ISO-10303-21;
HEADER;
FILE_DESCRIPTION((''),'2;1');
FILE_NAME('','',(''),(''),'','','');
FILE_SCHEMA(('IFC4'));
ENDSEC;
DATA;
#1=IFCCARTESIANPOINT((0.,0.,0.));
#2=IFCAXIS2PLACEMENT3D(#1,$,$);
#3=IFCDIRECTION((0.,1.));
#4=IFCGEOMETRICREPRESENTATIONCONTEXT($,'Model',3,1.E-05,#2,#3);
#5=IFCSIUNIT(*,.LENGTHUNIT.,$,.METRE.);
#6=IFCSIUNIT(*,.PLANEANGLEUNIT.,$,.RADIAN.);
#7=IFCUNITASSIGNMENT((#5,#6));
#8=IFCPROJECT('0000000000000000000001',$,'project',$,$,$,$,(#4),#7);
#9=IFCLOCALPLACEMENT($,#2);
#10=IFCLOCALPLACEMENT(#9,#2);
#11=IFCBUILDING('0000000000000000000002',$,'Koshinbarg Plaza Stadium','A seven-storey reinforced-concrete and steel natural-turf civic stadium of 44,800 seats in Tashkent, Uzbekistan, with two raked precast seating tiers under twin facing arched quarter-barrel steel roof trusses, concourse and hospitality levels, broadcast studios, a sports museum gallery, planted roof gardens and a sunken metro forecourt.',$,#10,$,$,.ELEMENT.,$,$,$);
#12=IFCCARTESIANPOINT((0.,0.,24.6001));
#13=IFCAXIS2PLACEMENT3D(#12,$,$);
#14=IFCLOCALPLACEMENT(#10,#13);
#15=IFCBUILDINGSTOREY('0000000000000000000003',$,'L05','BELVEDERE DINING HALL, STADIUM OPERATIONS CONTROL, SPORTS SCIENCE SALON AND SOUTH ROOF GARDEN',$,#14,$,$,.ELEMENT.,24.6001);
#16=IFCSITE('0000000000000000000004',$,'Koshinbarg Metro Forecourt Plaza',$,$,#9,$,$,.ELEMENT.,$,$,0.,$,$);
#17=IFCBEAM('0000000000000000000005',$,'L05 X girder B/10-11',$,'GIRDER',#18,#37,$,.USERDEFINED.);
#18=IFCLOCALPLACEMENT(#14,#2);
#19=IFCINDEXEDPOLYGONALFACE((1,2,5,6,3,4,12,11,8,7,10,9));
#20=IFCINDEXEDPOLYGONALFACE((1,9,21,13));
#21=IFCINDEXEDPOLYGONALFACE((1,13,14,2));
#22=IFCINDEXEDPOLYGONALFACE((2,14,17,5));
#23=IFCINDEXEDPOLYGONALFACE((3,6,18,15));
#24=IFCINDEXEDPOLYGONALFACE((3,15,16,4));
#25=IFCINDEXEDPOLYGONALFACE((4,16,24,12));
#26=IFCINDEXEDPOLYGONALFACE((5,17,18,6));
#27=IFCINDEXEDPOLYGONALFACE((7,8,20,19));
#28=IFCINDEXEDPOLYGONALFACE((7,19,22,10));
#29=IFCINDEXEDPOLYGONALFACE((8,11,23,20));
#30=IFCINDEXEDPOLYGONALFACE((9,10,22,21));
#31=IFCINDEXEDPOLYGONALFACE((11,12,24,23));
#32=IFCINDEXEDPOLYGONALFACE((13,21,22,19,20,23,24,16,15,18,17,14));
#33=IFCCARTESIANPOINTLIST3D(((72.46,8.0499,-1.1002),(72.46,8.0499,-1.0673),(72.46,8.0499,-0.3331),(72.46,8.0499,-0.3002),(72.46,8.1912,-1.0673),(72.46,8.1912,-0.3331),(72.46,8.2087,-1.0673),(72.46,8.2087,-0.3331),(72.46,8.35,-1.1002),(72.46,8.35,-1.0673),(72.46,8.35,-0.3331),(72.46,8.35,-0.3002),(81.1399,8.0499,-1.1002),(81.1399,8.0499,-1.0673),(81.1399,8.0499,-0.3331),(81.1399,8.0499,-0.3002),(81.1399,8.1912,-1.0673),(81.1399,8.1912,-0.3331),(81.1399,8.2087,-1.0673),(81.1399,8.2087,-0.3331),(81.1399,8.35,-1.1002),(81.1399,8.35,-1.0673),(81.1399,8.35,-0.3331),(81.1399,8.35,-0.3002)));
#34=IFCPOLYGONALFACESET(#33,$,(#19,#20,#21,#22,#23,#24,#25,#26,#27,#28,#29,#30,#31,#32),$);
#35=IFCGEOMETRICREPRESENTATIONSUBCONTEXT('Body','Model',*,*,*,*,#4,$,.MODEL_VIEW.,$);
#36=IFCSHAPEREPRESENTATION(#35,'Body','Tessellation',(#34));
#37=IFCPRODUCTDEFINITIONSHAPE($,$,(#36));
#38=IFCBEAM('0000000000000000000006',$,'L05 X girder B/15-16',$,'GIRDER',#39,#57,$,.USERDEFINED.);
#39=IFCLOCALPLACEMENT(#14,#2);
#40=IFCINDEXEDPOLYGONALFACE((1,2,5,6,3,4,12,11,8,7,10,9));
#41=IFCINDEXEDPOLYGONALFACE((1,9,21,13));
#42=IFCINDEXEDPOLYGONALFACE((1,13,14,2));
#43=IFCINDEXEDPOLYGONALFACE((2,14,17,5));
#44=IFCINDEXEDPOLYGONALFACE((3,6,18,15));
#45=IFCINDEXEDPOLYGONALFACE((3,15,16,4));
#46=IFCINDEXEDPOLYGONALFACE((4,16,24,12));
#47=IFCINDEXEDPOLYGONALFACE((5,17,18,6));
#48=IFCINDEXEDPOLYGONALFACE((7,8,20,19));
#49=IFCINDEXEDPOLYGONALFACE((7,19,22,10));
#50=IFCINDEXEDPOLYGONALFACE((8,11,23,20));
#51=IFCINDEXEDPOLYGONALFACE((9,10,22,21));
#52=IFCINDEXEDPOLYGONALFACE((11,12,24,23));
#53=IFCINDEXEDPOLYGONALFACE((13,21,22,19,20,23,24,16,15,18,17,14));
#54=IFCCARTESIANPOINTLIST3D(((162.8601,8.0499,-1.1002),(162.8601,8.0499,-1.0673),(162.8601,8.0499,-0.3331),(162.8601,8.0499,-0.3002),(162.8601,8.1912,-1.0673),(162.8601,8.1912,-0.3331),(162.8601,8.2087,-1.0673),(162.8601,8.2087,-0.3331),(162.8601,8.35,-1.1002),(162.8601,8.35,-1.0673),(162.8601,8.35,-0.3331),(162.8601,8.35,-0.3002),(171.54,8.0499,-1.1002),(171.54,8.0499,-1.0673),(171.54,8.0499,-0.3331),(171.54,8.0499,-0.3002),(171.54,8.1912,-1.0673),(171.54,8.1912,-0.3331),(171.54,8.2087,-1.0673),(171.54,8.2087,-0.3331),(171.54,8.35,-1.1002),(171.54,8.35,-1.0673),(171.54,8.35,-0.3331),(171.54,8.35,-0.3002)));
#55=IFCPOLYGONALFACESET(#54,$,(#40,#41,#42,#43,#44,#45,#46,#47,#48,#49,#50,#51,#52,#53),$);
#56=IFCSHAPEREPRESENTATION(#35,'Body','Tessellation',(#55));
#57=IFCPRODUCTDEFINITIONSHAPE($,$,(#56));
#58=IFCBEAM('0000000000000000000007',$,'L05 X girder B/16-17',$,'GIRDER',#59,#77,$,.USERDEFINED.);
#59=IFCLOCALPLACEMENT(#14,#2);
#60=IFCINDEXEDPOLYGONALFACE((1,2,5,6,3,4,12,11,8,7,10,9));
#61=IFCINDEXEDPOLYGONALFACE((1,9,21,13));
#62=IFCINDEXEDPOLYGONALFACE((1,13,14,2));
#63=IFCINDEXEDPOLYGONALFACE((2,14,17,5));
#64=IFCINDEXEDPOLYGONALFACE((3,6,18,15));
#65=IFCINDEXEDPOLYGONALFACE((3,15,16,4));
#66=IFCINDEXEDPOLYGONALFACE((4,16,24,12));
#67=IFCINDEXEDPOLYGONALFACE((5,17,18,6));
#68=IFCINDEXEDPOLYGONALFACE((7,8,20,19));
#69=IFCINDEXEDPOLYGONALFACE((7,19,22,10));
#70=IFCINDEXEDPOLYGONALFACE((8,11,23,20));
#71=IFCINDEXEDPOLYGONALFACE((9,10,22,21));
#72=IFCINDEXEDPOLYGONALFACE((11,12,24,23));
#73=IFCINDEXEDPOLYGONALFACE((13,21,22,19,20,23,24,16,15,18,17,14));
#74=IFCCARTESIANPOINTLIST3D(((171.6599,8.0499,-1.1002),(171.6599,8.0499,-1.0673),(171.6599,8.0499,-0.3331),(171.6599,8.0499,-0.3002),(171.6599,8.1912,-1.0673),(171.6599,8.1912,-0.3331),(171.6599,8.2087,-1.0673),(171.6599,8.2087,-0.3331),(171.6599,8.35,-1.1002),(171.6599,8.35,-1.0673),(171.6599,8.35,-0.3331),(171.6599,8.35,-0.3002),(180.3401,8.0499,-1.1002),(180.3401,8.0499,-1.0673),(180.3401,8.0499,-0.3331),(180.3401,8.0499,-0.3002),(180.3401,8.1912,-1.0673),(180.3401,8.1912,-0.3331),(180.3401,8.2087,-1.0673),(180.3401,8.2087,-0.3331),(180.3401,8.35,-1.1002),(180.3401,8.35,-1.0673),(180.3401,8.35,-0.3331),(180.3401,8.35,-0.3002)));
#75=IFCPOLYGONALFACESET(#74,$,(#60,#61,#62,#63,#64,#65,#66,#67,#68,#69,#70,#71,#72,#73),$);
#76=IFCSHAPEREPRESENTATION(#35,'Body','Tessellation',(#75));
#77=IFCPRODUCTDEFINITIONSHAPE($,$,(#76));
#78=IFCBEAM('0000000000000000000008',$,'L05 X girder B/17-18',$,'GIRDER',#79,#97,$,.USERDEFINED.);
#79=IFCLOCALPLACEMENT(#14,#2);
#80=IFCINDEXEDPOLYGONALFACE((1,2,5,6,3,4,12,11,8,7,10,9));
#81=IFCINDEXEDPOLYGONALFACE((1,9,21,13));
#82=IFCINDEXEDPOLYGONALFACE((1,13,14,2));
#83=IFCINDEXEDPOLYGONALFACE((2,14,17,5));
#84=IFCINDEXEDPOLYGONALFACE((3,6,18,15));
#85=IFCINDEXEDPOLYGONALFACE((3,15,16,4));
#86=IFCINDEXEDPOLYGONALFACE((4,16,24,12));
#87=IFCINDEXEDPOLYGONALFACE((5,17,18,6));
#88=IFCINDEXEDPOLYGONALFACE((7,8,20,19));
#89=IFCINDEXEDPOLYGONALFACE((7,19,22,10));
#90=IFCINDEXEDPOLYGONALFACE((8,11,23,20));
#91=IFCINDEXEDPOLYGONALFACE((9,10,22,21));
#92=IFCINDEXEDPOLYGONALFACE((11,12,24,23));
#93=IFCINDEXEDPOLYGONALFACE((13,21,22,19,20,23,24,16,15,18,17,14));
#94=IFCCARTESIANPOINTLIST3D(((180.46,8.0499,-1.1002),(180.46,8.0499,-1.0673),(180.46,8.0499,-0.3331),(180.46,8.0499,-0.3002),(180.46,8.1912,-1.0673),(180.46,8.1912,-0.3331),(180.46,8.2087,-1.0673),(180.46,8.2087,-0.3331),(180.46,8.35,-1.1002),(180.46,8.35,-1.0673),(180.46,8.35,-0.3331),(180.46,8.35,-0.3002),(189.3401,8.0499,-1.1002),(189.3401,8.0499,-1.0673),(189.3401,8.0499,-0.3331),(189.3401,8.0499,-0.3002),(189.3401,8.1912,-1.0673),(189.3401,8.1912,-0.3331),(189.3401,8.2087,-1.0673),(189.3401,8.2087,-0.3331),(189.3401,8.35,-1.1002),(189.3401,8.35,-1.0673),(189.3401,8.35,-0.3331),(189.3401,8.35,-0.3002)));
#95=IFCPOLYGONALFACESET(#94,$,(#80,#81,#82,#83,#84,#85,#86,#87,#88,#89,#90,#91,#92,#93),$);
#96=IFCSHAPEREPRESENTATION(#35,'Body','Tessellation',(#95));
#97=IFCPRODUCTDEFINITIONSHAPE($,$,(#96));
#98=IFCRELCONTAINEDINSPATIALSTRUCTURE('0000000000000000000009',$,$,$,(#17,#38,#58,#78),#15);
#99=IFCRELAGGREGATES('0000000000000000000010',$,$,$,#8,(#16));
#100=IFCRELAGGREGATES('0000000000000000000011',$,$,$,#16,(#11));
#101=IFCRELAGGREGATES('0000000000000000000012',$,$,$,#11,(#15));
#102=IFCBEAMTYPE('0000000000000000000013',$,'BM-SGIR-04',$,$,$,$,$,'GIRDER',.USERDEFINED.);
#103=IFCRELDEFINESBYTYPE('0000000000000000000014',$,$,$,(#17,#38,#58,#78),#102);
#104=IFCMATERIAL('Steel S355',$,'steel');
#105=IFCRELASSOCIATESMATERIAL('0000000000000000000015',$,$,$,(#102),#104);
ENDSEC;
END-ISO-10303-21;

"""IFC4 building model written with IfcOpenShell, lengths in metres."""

from ifc_helpers import new_model, si_unit, direction, frame, origin, origin_2d, place, context, subcontext, project, spatial, i_section, extrude, material, material_profile, profile_set, type_object, element, save


model = new_model("IFC4")

# Units and contexts
model_context = context("Model", 3, precision=1e-05, world=origin(), true_north=direction((0.0, 1.0)))
body_context = subcontext(model_context, "Body", "Model", "MODEL_VIEW")
ifc_project = project(units=[si_unit("LENGTHUNIT", "METRE"), si_unit("PLANEANGLEUNIT", "RADIAN")], contexts=[model_context])

# Site, building, storey
site_placement = place(None, origin())
site = spatial("IfcSite", under=ifc_project, at=site_placement, Name="Koshinbarg Metro Forecourt Plaza", CompositionType="ELEMENT", RefElevation=0.0)
building_placement = place(site_placement, origin())
building = spatial("IfcBuilding", under=site, at=building_placement, Name="Koshinbarg Plaza Stadium", Description="A seven-storey reinforced-concrete and steel natural-turf civic stadium of 44,800 seats in Tashkent, Uzbekistan, with two raked precast seating tiers under twin facing arched quarter-barrel steel roof trusses, concourse and hospitality levels, broadcast studios, a sports museum gallery, planted roof gardens and a sunken metro forecourt.", CompositionType="ELEMENT")
storey_placement = place(building_placement, frame((0.0, 0.0, 24.6001)))
storey = spatial("IfcBuildingStorey", under=building, at=storey_placement, Name="L05", Description="BELVEDERE DINING HALL, STADIUM OPERATIONS CONTROL, SPORTS SCIENCE SALON AND SOUTH ROOF GARDEN", CompositionType="ELEMENT", Elevation=24.6001)

# Beams
ifc_material = material(Name="Steel S355", Category="steel")
ifc_material_profile_1 = material_profile(ifc_material, i_section(OverallWidth=0.3, OverallDepth=0.8, WebThickness=0.0176, FlangeThickness=0.033, at=origin_2d()), Name="HEB 800")
ifc_profile_set_1 = profile_set([ifc_material_profile_1], Name="Steel S355")
beam_type_1 = type_object("IfcBeamType", Name="BM-SGIR-04", ElementType="GIRDER", PredefinedType="USERDEFINED", material=ifc_profile_set_1)
for number, where, z_axis, x_axis, name in (
    (1, (72.46, 8.2, -0.7002), (1.0, 0.0, 0.0), (0.0, 1.0, 0.0), "L05 X girder B/10-11"),
    (2, (162.8601, 8.2, -0.7002), (1.0, 0.0, 0.0), (0.0, 1.0, 0.0), "L05 X girder B/15-16"),
):
    element("IfcBeam", number, at=place(storey_placement, frame(where, z_axis=z_axis, x_axis=x_axis)), inside=storey, type_object=beam_type_1, Name=name, ObjectType="GIRDER", PredefinedType="USERDEFINED", context=body_context, shape_type="SweptSolid", body=[
        extrude(i_section(OverallWidth=0.3, OverallDepth=0.8, WebThickness=0.0176, FlangeThickness=0.033, at=origin_2d()), origin(), (0.0, 0.0, 1.0), 8.6799),
    ])
beam_1_placement = place(storey_placement, frame((171.6599, 8.2, -0.7002), z_axis=(1.0, 0.0, 0.0), x_axis=(0.0, 1.0, 0.0)))
element("IfcBeam", 3, at=beam_1_placement, inside=storey, type_object=beam_type_1, Name="L05 X girder B/16-17", ObjectType="GIRDER", PredefinedType="USERDEFINED", context=body_context, shape_type="SweptSolid", body=[
    extrude(i_section(OverallWidth=0.3, OverallDepth=0.8, WebThickness=0.0176, FlangeThickness=0.033, at=origin_2d()), origin(), (0.0, 0.0, 1.0), 8.6802),
])
beam_2_placement = place(storey_placement, frame((180.46, 8.2, -0.7002), z_axis=(1.0, 0.0, 0.0), x_axis=(0.0, 1.0, 0.0)))
element("IfcBeam", 4, at=beam_2_placement, inside=storey, type_object=beam_type_1, Name="L05 X girder B/17-18", ObjectType="GIRDER", PredefinedType="USERDEFINED", context=body_context, shape_type="SweptSolid", body=[
    extrude(i_section(OverallWidth=0.3, OverallDepth=0.8, WebThickness=0.0176, FlangeThickness=0.033, at=origin_2d()), origin(), (0.0, 0.0, 1.0), 8.8801),
])

save(model, "model.ifc")
